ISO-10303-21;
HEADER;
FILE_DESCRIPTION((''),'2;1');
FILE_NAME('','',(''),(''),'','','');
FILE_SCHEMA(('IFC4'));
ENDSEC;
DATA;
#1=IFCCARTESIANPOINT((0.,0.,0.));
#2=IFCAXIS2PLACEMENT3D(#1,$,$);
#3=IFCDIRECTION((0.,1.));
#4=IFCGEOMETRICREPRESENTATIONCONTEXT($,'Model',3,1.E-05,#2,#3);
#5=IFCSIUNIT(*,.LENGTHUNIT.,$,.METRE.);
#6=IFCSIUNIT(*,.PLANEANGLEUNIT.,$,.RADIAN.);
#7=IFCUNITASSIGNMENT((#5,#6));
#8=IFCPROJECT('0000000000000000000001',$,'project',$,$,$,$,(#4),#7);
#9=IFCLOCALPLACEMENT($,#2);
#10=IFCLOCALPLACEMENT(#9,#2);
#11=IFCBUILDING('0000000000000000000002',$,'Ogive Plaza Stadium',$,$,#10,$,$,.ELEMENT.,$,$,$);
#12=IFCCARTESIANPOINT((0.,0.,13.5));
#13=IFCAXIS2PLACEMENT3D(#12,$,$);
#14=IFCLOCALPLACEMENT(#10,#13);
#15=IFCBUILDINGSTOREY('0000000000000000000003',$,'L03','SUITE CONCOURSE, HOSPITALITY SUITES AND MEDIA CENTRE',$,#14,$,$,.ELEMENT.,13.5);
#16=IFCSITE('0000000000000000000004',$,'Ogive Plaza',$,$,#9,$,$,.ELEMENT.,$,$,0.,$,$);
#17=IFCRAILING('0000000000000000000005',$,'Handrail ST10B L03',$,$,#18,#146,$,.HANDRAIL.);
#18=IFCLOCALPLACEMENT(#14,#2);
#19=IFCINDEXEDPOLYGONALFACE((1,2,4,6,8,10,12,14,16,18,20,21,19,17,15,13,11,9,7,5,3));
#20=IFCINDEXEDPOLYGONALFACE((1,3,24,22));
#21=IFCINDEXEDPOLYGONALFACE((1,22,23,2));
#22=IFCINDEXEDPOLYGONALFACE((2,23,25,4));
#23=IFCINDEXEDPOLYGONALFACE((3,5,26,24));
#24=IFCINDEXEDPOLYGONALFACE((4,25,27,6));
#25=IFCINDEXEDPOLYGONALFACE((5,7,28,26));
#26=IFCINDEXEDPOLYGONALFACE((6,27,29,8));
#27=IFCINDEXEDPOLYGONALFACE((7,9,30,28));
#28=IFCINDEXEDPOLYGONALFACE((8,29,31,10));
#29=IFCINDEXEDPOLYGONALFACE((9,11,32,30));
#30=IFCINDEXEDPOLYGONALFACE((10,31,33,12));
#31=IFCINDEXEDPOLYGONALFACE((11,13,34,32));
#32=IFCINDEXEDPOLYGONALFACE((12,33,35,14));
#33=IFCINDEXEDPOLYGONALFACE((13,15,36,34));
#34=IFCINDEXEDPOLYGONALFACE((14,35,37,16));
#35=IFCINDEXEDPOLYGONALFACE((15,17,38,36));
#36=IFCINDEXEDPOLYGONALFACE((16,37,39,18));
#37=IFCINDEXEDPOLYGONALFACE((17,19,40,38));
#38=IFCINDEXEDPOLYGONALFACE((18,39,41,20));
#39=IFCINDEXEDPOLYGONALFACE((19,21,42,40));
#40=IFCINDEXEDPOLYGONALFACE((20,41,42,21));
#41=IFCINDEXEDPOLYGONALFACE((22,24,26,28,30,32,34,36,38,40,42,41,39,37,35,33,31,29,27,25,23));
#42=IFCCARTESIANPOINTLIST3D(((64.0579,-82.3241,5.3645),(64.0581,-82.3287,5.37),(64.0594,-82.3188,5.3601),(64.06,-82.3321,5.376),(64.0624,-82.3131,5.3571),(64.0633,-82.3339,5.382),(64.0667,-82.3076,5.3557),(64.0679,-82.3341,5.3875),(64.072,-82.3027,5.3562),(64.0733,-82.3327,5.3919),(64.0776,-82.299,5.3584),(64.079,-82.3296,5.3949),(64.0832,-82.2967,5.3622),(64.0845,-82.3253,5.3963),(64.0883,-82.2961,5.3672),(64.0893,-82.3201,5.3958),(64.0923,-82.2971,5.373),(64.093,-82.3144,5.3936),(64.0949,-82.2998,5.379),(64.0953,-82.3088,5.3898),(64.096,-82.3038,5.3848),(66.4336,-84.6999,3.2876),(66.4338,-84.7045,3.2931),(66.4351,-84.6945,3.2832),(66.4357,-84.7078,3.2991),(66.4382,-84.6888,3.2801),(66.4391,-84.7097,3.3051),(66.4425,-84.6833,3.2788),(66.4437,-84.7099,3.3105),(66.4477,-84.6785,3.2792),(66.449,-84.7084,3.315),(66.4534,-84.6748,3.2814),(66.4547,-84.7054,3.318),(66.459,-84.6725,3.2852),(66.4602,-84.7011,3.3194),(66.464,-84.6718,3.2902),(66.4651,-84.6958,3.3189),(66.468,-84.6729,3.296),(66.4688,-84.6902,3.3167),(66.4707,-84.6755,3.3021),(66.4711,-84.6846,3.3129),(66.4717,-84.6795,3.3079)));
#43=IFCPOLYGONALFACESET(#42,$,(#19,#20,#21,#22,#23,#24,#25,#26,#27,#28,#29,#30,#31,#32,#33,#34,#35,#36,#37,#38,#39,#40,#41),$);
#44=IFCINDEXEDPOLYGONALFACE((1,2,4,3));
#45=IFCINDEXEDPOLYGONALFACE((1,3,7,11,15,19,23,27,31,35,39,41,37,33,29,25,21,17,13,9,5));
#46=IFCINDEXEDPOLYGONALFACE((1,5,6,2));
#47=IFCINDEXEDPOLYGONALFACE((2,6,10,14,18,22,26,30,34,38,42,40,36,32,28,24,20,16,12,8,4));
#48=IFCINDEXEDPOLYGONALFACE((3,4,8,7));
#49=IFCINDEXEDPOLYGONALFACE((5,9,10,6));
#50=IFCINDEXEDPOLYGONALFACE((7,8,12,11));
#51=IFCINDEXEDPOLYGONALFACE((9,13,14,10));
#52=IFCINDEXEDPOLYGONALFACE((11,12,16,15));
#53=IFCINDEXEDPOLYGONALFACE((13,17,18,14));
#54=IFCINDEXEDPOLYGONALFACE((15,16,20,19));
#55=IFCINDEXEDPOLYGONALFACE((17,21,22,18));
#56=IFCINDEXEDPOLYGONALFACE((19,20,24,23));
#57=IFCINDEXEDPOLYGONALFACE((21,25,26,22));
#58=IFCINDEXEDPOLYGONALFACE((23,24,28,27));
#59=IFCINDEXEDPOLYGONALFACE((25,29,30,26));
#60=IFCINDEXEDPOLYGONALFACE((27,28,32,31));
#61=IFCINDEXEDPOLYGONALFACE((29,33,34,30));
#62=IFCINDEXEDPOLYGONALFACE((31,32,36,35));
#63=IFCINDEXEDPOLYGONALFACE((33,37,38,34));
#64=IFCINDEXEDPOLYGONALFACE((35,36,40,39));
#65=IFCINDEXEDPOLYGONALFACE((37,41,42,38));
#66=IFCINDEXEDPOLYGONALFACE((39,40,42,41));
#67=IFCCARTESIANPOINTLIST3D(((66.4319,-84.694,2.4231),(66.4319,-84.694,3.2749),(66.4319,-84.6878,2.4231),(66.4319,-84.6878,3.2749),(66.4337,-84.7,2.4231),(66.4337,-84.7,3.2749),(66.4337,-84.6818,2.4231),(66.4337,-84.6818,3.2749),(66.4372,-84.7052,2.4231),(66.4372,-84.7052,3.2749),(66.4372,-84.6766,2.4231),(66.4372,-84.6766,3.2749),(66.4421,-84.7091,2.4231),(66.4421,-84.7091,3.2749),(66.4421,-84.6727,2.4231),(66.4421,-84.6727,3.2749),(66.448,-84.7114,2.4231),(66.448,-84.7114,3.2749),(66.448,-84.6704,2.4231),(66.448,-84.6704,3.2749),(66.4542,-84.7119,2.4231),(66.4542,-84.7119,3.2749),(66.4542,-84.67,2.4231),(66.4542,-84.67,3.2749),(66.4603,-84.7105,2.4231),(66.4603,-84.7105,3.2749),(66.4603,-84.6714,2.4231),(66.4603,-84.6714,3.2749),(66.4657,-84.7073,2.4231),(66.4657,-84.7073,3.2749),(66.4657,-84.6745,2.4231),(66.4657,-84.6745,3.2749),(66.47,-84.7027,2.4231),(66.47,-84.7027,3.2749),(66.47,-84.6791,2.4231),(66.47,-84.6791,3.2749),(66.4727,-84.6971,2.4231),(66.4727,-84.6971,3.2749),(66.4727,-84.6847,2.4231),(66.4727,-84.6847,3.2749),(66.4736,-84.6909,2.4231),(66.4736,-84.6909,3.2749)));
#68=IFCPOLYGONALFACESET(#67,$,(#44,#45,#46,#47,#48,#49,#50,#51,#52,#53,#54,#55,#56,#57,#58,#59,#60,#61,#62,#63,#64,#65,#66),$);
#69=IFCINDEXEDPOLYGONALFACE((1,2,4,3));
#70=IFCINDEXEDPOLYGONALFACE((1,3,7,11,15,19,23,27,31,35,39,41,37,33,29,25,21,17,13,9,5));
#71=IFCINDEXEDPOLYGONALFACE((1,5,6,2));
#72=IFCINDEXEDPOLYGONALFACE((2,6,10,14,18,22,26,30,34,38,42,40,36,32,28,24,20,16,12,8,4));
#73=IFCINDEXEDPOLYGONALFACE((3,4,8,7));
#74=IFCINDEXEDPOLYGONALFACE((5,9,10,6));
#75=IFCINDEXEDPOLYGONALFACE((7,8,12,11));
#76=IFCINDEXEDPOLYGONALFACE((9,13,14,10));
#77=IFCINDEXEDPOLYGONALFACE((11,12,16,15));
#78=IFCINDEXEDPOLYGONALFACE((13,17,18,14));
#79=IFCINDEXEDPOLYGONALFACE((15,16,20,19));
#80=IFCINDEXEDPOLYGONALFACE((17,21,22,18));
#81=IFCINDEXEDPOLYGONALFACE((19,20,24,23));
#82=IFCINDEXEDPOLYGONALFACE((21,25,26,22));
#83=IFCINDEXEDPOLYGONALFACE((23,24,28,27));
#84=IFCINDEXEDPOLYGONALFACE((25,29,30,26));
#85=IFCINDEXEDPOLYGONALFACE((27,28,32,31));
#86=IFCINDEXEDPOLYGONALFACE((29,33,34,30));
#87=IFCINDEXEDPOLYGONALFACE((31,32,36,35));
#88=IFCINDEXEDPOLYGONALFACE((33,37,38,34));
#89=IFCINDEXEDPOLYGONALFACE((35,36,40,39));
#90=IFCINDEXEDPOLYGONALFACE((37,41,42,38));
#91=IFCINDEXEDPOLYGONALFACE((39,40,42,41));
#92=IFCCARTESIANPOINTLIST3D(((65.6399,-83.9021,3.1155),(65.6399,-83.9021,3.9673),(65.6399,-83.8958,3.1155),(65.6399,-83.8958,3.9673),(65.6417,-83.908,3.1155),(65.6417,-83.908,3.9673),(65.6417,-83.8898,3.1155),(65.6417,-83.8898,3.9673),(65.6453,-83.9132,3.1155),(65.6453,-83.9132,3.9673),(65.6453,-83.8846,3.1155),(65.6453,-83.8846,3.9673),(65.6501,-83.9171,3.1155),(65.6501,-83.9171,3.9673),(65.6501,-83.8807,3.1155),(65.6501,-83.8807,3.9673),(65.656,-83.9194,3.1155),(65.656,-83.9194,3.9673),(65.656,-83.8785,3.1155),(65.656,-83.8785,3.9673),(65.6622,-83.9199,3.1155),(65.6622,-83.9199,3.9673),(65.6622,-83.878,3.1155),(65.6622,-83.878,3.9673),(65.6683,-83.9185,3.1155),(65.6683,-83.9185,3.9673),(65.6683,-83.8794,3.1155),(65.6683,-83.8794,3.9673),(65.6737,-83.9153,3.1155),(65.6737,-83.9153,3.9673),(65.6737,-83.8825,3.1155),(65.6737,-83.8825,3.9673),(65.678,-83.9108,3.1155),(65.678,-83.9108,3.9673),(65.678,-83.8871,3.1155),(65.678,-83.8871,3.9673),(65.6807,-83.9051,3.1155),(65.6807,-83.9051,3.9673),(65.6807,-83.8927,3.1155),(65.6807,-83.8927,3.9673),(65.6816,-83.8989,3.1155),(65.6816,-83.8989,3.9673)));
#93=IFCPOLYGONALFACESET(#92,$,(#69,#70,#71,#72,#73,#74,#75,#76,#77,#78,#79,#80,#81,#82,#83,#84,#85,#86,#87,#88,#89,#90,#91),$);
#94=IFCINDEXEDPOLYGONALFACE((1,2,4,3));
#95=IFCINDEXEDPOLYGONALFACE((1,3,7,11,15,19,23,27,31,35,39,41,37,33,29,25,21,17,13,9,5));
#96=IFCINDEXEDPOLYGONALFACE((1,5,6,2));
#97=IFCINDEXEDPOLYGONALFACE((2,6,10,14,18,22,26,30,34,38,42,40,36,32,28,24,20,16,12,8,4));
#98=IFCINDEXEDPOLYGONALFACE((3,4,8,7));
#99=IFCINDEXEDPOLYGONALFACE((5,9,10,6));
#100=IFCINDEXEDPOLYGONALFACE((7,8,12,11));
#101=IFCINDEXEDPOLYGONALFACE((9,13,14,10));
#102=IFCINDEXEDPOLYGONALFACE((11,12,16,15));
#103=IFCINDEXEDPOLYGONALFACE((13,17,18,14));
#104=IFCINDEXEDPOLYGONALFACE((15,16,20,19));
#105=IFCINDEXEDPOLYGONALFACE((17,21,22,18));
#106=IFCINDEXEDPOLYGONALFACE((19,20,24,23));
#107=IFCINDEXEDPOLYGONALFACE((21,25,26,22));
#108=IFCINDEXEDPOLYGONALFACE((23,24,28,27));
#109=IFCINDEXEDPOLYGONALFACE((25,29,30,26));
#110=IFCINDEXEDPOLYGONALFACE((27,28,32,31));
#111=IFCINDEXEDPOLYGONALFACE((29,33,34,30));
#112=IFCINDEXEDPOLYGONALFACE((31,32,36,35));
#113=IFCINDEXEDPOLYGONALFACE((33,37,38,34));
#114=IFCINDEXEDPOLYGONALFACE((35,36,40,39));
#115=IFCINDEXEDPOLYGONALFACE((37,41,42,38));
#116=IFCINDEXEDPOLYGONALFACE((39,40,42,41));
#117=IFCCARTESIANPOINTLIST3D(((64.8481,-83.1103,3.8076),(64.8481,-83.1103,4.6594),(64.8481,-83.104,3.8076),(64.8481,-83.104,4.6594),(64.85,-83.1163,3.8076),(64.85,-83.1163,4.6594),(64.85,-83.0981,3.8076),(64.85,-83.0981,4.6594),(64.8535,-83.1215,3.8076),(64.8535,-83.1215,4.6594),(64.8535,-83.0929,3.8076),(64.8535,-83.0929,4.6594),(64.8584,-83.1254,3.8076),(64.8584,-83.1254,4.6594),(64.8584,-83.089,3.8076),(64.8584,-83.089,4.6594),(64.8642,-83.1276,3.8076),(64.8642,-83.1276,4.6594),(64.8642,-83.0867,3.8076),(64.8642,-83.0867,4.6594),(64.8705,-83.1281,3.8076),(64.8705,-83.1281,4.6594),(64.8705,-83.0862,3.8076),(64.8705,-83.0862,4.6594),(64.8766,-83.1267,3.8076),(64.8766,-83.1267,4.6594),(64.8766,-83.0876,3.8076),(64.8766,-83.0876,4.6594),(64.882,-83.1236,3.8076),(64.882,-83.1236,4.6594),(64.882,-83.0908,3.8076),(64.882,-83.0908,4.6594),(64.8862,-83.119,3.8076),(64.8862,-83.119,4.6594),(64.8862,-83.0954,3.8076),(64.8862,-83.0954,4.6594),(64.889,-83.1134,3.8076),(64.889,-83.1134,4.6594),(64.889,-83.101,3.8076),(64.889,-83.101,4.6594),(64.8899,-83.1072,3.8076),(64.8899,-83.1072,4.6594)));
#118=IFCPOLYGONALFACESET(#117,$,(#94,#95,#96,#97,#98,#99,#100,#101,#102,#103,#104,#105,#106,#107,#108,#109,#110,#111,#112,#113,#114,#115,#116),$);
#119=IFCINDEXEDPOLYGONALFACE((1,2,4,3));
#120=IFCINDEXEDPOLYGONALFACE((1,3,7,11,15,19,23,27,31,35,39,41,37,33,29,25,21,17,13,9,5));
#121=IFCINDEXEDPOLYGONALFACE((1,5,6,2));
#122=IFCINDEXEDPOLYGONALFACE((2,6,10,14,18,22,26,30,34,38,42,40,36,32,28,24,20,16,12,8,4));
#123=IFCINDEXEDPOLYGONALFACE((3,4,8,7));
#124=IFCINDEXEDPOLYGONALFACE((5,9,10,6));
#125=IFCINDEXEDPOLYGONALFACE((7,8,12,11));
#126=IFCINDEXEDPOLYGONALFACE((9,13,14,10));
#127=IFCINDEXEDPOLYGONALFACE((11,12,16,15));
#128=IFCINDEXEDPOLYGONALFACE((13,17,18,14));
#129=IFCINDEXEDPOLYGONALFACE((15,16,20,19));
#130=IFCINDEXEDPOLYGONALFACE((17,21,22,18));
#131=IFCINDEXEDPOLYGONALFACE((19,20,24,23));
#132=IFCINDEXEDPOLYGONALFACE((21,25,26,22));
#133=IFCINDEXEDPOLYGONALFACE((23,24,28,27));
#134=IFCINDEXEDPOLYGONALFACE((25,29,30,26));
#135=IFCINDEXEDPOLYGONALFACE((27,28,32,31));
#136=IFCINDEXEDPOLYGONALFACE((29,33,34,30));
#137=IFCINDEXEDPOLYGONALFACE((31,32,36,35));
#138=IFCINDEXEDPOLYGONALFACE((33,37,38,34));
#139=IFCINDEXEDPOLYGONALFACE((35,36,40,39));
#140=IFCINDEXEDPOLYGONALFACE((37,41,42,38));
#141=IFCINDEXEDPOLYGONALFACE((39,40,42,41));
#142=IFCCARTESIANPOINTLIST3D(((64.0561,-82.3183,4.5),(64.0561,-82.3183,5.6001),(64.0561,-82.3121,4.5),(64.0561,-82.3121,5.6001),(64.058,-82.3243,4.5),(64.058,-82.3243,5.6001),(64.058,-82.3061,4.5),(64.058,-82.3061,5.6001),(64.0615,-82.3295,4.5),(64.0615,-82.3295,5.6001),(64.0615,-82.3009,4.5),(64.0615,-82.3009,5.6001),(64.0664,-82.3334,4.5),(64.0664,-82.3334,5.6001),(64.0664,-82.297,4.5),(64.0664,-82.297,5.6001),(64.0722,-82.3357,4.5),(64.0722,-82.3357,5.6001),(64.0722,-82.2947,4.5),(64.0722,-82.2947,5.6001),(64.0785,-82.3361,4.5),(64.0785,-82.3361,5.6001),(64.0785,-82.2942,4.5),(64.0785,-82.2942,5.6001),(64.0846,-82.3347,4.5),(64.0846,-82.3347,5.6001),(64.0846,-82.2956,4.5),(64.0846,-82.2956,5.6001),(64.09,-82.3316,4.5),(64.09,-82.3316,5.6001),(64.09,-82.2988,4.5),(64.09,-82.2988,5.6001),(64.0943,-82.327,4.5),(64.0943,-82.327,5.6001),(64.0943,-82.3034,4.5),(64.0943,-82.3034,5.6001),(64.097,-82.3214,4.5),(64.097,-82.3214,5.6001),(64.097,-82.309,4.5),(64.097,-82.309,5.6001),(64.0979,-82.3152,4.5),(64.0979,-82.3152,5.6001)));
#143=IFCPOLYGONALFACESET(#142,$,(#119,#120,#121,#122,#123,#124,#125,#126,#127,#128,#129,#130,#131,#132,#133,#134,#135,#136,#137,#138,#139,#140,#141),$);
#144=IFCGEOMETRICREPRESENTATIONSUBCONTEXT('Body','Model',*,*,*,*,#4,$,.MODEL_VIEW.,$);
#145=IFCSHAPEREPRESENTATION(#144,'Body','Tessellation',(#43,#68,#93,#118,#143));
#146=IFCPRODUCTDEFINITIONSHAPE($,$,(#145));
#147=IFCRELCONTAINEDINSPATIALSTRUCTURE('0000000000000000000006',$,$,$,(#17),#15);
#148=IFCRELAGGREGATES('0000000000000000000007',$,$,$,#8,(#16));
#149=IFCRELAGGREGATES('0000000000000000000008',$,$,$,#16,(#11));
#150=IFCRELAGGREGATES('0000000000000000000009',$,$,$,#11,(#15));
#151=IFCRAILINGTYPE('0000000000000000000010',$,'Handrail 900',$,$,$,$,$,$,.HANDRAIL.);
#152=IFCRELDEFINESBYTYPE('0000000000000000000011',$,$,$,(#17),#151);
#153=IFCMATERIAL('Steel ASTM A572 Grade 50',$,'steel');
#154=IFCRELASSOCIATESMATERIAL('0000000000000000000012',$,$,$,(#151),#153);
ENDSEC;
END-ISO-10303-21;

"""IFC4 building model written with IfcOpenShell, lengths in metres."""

from ifc_helpers import new_model, si_unit, direction, frame, origin, origin_2d, place, context, subcontext, project, spatial, circle, extrude, material, type_object, element, save


model = new_model("IFC4")

# Units and contexts
model_context = context("Model", 3, precision=1e-05, world=origin(), true_north=direction((0.0, 1.0)))
body_context = subcontext(model_context, "Body", "Model", "MODEL_VIEW")
ifc_project = project(units=[si_unit("LENGTHUNIT", "METRE"), si_unit("PLANEANGLEUNIT", "RADIAN")], contexts=[model_context])

# Site, building, storey
site_placement = place(None, origin())
site = spatial("IfcSite", under=ifc_project, at=site_placement, Name="Ogive Plaza", CompositionType="ELEMENT", RefElevation=0.0)
building_placement = place(site_placement, origin())
building = spatial("IfcBuilding", under=site, at=building_placement, Name="Ogive Plaza Stadium", CompositionType="ELEMENT")
storey_placement = place(building_placement, frame((0.0, 0.0, 13.5)))
storey = spatial("IfcBuildingStorey", under=building, at=storey_placement, Name="L03", Description="SUITE CONCOURSE, HOSPITALITY SUITES AND MEDIA CENTRE", CompositionType="ELEMENT", Elevation=13.5)

# Railing
ifc_material_1 = material(Name="Steel ASTM A572 Grade 50", Category="steel")
railing_type_1 = type_object("IfcRailingType", Name="Handrail 900", PredefinedType="HANDRAIL", material=ifc_material_1)
for number, where, name in (
    (1, (66.4526, -84.6909, 2.4231), "Handrail ST10B L03"),
):
    element("IfcRailing", number, at=place(storey_placement, frame(where)), inside=storey, type_object=railing_type_1, Name=name, PredefinedType="HANDRAIL", context=body_context, shape_type="SweptSolid", body=[
        extrude(circle(Radius=0.0239, at=origin_2d()), frame((0.0, 0.0, 0.876), z_axis=(-0.601466, 0.601466, 0.525811), x_axis=(-0.707107, -0.707107, 0.0)), (0.0, 0.0, 1.0), 3.95),
        extrude(circle(Radius=0.021, at=origin_2d()), origin(), (0.0, 0.0, 1.0), 0.8518),
        extrude(circle(Radius=0.021, at=origin_2d()), frame((-0.792, 0.792, 0.6924)), (0.0, 0.0, 1.0), 0.8518),
        extrude(circle(Radius=0.021, at=origin_2d()), frame((-1.5837, 1.5837, 1.3845)), (0.0, 0.0, 1.0), 0.8518),
        extrude(circle(Radius=0.021, at=origin_2d()), frame((-2.3757, 2.3757, 2.0769)), (0.0, 0.0, 1.0), 1.1001),
    ])

save(model, "model.ifc")
